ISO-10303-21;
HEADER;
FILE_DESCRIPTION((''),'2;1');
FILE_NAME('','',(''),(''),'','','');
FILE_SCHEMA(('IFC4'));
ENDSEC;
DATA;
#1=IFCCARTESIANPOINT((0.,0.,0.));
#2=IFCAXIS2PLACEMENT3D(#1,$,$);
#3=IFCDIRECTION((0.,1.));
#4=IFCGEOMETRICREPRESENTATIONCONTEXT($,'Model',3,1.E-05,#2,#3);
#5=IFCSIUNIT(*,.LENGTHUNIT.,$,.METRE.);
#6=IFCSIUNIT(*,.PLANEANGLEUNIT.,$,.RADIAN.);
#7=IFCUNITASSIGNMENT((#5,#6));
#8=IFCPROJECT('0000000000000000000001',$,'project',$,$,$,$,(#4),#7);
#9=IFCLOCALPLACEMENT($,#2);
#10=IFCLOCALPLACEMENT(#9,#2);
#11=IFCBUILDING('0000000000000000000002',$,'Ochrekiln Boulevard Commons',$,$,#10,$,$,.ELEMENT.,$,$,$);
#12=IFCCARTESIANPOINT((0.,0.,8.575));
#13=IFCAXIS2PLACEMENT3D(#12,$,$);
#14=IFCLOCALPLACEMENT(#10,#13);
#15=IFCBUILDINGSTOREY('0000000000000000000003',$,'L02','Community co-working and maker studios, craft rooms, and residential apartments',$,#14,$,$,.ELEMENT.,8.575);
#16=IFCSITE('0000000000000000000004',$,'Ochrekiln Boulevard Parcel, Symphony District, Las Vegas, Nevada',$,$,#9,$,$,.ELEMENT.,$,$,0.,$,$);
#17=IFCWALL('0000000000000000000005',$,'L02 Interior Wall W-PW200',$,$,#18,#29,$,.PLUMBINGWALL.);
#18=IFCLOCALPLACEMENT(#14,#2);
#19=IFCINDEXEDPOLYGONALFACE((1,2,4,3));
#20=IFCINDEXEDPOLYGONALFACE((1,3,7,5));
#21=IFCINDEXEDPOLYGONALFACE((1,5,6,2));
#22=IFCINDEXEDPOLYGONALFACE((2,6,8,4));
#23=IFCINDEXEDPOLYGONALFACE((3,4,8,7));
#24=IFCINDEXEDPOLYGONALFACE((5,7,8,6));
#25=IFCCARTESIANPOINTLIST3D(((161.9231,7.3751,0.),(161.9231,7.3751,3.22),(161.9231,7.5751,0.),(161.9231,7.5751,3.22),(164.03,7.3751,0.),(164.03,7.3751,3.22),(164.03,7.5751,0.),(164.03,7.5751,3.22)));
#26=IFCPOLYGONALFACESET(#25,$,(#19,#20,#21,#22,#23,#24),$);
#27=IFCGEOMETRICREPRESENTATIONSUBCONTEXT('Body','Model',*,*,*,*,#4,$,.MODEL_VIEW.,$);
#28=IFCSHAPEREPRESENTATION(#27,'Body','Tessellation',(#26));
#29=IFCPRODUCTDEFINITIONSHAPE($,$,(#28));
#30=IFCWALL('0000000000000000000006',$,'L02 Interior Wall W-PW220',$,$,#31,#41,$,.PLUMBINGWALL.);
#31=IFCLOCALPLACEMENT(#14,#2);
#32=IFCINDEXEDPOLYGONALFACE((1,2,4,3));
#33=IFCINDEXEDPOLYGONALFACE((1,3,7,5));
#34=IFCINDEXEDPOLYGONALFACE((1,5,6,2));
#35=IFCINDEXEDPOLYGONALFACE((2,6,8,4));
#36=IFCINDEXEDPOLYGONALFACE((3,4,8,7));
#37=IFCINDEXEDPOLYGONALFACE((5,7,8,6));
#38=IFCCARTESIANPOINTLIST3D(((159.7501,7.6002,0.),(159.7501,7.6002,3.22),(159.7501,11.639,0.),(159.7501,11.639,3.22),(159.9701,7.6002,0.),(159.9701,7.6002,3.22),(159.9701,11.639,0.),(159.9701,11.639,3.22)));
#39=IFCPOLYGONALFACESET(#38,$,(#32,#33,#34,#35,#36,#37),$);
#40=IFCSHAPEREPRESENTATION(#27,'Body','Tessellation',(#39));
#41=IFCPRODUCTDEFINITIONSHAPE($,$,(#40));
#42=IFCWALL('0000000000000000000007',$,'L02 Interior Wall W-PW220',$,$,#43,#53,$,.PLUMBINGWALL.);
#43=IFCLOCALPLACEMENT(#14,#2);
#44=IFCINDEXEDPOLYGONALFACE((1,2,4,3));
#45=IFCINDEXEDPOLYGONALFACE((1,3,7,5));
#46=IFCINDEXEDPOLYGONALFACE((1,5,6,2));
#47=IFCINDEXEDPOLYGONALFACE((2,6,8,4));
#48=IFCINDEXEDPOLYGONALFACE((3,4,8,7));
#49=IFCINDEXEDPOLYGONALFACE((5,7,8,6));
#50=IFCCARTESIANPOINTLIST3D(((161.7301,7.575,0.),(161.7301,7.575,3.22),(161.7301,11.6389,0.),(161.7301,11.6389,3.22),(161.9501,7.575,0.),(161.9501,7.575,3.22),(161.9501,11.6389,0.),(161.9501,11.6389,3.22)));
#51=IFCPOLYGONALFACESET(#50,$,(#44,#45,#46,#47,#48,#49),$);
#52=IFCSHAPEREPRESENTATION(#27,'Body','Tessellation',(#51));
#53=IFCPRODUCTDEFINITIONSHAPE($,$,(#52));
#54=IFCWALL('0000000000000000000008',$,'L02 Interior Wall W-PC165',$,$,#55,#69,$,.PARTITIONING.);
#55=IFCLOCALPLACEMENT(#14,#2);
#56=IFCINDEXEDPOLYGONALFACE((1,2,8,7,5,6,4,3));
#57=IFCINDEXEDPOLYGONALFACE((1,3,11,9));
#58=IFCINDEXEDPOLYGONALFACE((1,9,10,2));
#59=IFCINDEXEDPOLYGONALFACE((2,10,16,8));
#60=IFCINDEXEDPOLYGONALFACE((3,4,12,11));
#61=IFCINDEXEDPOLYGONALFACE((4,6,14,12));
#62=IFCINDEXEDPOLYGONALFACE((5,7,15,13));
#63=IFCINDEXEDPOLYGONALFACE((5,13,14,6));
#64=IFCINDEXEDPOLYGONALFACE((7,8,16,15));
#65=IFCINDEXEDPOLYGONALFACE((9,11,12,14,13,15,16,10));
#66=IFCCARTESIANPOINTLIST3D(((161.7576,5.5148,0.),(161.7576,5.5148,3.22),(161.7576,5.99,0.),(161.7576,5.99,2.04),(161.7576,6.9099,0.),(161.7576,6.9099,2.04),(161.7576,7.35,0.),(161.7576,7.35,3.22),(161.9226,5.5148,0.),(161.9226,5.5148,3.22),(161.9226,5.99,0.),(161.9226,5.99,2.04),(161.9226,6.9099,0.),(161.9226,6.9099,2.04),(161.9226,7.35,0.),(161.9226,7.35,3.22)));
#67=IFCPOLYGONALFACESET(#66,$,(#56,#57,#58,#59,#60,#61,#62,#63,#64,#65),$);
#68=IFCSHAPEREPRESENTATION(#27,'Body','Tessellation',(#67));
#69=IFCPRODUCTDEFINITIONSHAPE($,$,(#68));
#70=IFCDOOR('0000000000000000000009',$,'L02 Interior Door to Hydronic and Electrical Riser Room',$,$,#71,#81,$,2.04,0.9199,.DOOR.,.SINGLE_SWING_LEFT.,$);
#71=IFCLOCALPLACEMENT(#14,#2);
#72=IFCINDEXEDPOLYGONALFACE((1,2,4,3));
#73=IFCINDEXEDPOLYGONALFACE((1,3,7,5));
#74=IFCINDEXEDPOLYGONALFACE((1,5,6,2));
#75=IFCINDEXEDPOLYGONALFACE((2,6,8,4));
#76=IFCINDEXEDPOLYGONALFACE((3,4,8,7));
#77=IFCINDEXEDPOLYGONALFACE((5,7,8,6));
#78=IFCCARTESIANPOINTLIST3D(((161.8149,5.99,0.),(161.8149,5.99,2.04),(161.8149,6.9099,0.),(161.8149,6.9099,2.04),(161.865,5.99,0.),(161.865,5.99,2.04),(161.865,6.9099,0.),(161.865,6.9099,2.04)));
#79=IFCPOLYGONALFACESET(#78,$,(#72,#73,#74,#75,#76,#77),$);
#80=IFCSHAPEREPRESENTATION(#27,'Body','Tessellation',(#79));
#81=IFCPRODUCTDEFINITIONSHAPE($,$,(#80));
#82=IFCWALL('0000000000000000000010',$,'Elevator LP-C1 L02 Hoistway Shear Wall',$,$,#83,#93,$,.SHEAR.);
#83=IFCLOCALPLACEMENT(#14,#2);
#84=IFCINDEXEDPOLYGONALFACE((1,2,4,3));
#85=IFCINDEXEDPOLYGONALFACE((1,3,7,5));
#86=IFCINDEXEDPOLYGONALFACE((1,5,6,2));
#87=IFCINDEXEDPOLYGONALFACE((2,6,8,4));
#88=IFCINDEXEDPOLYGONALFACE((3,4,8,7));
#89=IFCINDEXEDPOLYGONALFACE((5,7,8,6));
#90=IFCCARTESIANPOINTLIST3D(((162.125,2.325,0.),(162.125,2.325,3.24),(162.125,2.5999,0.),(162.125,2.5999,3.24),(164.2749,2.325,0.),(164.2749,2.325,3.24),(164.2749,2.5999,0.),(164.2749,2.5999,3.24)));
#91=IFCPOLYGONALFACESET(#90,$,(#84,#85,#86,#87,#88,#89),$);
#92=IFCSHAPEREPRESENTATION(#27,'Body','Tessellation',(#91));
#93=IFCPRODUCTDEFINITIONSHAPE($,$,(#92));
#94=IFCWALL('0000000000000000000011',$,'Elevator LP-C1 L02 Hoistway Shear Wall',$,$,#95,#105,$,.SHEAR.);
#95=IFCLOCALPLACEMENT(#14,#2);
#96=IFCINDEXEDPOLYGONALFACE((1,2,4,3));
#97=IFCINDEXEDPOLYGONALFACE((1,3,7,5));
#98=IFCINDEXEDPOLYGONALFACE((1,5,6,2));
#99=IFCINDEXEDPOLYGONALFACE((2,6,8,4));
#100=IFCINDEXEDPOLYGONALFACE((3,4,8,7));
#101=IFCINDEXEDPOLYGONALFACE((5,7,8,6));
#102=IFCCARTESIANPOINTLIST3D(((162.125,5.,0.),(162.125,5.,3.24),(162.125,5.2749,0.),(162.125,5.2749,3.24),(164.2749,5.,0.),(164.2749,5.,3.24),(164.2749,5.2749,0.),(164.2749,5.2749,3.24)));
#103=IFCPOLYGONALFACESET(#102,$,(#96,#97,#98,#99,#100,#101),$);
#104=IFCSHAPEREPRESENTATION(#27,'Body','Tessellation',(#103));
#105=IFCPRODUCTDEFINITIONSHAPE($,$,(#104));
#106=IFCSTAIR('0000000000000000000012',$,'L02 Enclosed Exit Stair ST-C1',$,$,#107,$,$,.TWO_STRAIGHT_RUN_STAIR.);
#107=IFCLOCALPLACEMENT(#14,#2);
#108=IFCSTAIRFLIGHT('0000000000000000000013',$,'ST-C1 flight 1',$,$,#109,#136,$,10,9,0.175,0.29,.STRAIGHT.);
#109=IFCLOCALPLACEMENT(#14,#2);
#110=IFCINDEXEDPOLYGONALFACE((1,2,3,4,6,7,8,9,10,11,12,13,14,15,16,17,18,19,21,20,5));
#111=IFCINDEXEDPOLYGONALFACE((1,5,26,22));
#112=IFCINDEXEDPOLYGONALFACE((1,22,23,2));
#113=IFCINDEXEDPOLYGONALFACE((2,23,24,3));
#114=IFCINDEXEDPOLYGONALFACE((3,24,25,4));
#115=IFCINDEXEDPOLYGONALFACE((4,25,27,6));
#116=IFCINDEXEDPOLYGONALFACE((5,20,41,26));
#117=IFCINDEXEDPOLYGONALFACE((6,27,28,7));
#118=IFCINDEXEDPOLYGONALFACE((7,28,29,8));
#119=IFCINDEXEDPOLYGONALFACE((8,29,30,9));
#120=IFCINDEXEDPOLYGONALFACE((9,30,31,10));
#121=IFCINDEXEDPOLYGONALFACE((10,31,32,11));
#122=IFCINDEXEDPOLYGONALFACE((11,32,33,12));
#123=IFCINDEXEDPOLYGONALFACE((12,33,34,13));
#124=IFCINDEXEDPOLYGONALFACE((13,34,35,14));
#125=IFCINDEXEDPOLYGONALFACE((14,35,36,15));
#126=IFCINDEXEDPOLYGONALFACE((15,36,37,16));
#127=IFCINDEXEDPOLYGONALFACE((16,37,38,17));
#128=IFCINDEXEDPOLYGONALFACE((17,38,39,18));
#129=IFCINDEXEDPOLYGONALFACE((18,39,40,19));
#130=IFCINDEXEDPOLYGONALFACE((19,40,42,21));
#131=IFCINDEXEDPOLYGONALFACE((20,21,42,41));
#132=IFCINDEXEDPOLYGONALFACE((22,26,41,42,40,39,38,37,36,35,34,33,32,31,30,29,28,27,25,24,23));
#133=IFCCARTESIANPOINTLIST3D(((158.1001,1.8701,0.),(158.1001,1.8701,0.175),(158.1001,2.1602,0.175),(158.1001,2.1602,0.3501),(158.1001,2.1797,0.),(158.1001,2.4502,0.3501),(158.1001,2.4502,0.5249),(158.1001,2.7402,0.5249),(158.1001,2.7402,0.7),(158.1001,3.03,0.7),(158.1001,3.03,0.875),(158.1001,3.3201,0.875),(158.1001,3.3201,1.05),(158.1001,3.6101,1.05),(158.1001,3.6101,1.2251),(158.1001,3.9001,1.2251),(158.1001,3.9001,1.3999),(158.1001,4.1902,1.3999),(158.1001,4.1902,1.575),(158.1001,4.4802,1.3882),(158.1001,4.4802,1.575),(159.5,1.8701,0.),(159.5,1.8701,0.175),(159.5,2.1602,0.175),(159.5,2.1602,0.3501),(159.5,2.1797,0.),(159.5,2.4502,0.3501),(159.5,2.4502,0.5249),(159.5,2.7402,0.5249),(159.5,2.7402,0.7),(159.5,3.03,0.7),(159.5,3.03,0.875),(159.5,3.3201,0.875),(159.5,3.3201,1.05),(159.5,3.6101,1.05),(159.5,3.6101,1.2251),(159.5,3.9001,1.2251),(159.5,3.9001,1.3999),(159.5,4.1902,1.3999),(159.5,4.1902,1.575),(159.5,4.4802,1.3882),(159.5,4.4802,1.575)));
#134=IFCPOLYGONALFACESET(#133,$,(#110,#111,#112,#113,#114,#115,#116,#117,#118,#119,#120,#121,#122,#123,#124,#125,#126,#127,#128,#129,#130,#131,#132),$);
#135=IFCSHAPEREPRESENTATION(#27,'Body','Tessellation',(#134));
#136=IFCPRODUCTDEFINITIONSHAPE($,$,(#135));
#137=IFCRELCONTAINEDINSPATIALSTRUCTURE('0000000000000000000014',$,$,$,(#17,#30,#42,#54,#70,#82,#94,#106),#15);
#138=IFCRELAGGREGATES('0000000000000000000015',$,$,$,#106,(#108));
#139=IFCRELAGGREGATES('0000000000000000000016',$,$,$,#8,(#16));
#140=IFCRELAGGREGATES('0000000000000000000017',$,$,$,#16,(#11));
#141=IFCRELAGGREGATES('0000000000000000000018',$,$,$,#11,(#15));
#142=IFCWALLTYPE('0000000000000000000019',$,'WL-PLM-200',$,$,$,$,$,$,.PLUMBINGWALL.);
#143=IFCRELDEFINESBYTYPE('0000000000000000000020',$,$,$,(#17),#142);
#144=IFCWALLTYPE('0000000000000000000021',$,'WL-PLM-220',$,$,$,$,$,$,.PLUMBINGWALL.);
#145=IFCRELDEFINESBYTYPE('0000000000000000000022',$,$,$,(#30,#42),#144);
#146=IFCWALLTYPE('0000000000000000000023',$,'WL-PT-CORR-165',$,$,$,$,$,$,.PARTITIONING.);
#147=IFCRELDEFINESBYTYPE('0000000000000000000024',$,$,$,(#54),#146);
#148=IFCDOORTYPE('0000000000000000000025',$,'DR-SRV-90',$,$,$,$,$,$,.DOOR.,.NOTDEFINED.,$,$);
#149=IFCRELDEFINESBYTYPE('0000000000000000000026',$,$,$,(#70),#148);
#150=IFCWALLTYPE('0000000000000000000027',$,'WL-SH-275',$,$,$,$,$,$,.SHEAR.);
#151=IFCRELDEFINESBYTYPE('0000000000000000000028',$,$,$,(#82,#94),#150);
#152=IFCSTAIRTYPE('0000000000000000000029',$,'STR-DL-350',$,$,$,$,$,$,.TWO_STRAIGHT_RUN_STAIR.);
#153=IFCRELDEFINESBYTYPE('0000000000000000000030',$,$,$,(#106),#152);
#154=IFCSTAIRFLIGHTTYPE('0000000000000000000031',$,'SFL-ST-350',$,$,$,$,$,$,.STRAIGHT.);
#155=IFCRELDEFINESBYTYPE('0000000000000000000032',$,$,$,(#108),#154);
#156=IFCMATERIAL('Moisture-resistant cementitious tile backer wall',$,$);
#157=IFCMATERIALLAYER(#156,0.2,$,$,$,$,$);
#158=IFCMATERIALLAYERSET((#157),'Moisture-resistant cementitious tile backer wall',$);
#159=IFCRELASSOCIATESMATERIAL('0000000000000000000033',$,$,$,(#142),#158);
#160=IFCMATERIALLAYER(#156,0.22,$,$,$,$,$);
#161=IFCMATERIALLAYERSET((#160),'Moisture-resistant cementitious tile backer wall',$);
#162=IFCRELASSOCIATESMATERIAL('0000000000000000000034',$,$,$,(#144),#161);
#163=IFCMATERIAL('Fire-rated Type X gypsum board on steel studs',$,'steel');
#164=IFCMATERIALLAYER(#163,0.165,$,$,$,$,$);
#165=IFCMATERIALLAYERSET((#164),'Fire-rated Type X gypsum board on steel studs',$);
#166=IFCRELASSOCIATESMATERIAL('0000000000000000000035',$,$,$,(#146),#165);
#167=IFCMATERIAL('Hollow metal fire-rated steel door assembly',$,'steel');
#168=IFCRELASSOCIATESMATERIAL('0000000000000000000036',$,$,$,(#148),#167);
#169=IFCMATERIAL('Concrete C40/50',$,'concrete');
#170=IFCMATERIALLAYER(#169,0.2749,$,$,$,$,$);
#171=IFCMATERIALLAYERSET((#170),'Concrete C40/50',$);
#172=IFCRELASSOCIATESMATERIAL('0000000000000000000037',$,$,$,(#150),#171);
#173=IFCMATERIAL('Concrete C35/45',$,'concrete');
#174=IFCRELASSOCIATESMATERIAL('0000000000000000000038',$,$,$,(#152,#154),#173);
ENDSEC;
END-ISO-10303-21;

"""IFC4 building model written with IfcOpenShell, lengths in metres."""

from ifc_helpers import new_model, si_unit, direction, frame, frame_2d, origin, place, context, subcontext, project, spatial, polyline, rectangle, outline, extrude, material, layer, layer_set, type_object, element, fill, aggregate, save


model = new_model("IFC4")

# Units and contexts
model_context = context("Model", 3, precision=1e-05, world=origin(), true_north=direction((0.0, 1.0)))
body_context = subcontext(model_context, "Body", "Model", "MODEL_VIEW")
ifc_project = project(units=[si_unit("LENGTHUNIT", "METRE"), si_unit("PLANEANGLEUNIT", "RADIAN")], contexts=[model_context])

# Site, building, storey
site_placement = place(None, origin())
site = spatial("IfcSite", under=ifc_project, at=site_placement, Name="Ochrekiln Boulevard Parcel, Symphony District, Las Vegas, Nevada", CompositionType="ELEMENT", RefElevation=0.0)
building_placement = place(site_placement, origin())
building = spatial("IfcBuilding", under=site, at=building_placement, Name="Ochrekiln Boulevard Commons", CompositionType="ELEMENT")
storey_placement = place(building_placement, frame((0.0, 0.0, 8.575)))
storey = spatial("IfcBuildingStorey", under=building, at=storey_placement, Name="L02", Description="Community co-working and maker studios, craft rooms, and residential apartments", CompositionType="ELEMENT", Elevation=8.575)

# Walls
ifc_material_1 = material(Name="Moisture-resistant cementitious tile backer wall")
ifc_layer_1 = layer(ifc_material_1, 0.2)
ifc_layer_set_1 = layer_set([ifc_layer_1], Name="Moisture-resistant cementitious tile backer wall")
wall_type_1 = type_object("IfcWallType", Name="WL-PLM-200", PredefinedType="PLUMBINGWALL", material=ifc_layer_set_1)
wall_1_placement = place(storey_placement, frame((161.9231, 7.4751, 0.0), z_axis=(0.0, 0.0, 1.0), x_axis=(1.0, 0.0, 0.0)))
element("IfcWall", 1, at=wall_1_placement, inside=storey, type_object=wall_type_1, Name="L02 Interior Wall W-PW200", PredefinedType="PLUMBINGWALL", context=body_context, shape_type="SweptSolid", body=[
    extrude(rectangle(XDim=2.1069, YDim=0.2, at=frame_2d((1.0535, 0.0))), origin(), (0.0, 0.0, 1.0), 3.22),
])
ifc_layer_2 = layer(ifc_material_1, 0.22)
ifc_layer_set_2 = layer_set([ifc_layer_2], Name="Moisture-resistant cementitious tile backer wall")
wall_type_2 = type_object("IfcWallType", Name="WL-PLM-220", PredefinedType="PLUMBINGWALL", material=ifc_layer_set_2)
wall_2_placement = place(storey_placement, frame((159.8601, 7.6001, 0.0), z_axis=(0.0, 0.0, 1.0), x_axis=(0.0, 1.0, 0.0)))
element("IfcWall", 2, at=wall_2_placement, inside=storey, type_object=wall_type_2, Name="L02 Interior Wall W-PW220", PredefinedType="PLUMBINGWALL", context=body_context, shape_type="SweptSolid", body=[
    extrude(rectangle(XDim=4.0388, YDim=0.22, at=frame_2d((2.0195, 0.0))), origin(), (0.0, 0.0, 1.0), 3.22),
])
wall_3_placement = place(storey_placement, frame((161.8401, 7.575, 0.0), z_axis=(0.0, 0.0, 1.0), x_axis=(0.0, 1.0, 0.0)))
element("IfcWall", 3, at=wall_3_placement, inside=storey, type_object=wall_type_2, Name="L02 Interior Wall W-PW220", PredefinedType="PLUMBINGWALL", context=body_context, shape_type="SweptSolid", body=[
    extrude(rectangle(XDim=4.064, YDim=0.22, at=frame_2d((2.032, 0.0))), origin(), (0.0, 0.0, 1.0), 3.22),
])

# Wall, opening, door
ifc_material_2 = material(Name="Fire-rated Type X gypsum board on steel studs", Category="steel")
ifc_layer_3 = layer(ifc_material_2, 0.165)
ifc_layer_set_3 = layer_set([ifc_layer_3], Name="Fire-rated Type X gypsum board on steel studs")
wall_type_3 = type_object("IfcWallType", Name="WL-PT-CORR-165", PredefinedType="PARTITIONING", material=ifc_layer_set_3)
wall_4_placement = place(storey_placement, frame((161.8401, 5.5149, 0.0), z_axis=(0.0, 0.0, 1.0), x_axis=(0.0, 1.0, 0.0)))
wall_4 = element("IfcWall", 4, at=wall_4_placement, inside=storey, type_object=wall_type_3, Name="L02 Interior Wall W-PC165", PredefinedType="PARTITIONING", context=body_context, shape_type="SweptSolid", body=[
    extrude(rectangle(XDim=1.8352, YDim=0.165, at=frame_2d((0.9175, 0.0))), origin(), (0.0, 0.0, 1.0), 3.22),
])
opening_1_placement = place(wall_4_placement, frame((0.4751, 0.0, 0.0)))
opening_1 = element("IfcOpeningElement", 5, at=opening_1_placement, cuts=wall_4, PredefinedType="OPENING", context=body_context, shape_type="SweptSolid", body=[
    extrude(rectangle(XDim=0.9199, YDim=2.04, at=frame_2d((0.46, 1.02))), frame((0.0, 0.0925, 0.0), z_axis=(0.0, -1.0, 0.0), x_axis=(1.0, 0.0, 0.0)), (0.0, 0.0, 1.0), 0.1851),
])
ifc_material_3 = material(Name="Hollow metal fire-rated steel door assembly", Category="steel")
door_type_1 = type_object("IfcDoorType", Name="DR-SRV-90", OperationType="NOTDEFINED", PredefinedType="DOOR", material=ifc_material_3)
door_1_placement = place(opening_1_placement, frame((0.9199, 0.0, 0.0), z_axis=(0.0, 0.0, 1.0), x_axis=(-1.0, 0.0, 0.0)))
door_1 = element("IfcDoor", 6, at=door_1_placement, inside=storey, type_object=door_type_1, Name="L02 Interior Door to Hydronic and Electrical Riser Room", OperationType="SINGLE_SWING_LEFT", OverallHeight=2.04, OverallWidth=0.9199, PredefinedType="DOOR", context=body_context, shape_type="SweptSolid", body=[
    extrude(rectangle(XDim=0.9199, YDim=2.04, at=frame_2d((0.46, 1.02))), frame((0.0, 0.0249, 0.0), z_axis=(0.0, -1.0, 0.0), x_axis=(1.0, 0.0, 0.0)), (0.0, 0.0, 1.0), 0.05),
])
fill(opening_1, door_1)

# Walls
ifc_material_4 = material(Name="Concrete C40/50", Category="concrete")
ifc_layer_4 = layer(ifc_material_4, 0.2749)
ifc_layer_set_4 = layer_set([ifc_layer_4], Name="Concrete C40/50")
wall_type_4 = type_object("IfcWallType", Name="WL-SH-275", PredefinedType="SHEAR", material=ifc_layer_set_4)
for number, where, z_axis, x_axis, name in (
    (7, (162.125, 2.4624, 0.0), (0.0, 0.0, 1.0), (1.0, 0.0, 0.0), "Elevator LP-C1 L02 Hoistway Shear Wall"),
    (8, (162.125, 5.1375, 0.0), (0.0, 0.0, 1.0), (1.0, 0.0, 0.0), "Elevator LP-C1 L02 Hoistway Shear Wall"),
):
    element("IfcWall", number, at=place(storey_placement, frame(where, z_axis=z_axis, x_axis=x_axis)), inside=storey, type_object=wall_type_4, Name=name, PredefinedType="SHEAR", context=body_context, shape_type="SweptSolid", body=[
        extrude(rectangle(XDim=2.1499, YDim=0.2749, at=frame_2d((1.075, 0.0))), origin(), (0.0, 0.0, 1.0), 3.24),
    ])

# Stair, stair flight
ifc_material_5 = material(Name="Concrete C35/45", Category="concrete")
stair_type = type_object("IfcStairType", Name="STR-DL-350", PredefinedType="TWO_STRAIGHT_RUN_STAIR", material=ifc_material_5)
stair_placement = place(storey_placement, origin())
stair = element("IfcStair", 9, at=stair_placement, inside=storey, type_object=stair_type, Name="L02 Enclosed Exit Stair ST-C1", PredefinedType="TWO_STRAIGHT_RUN_STAIR")
stair_flight_type = type_object("IfcStairFlightType", Name="SFL-ST-350", PredefinedType="STRAIGHT", material=ifc_material_5)
stair_flight_placement = place(storey_placement, frame((158.8, 1.8701, 0.0), z_axis=(0.0, 0.0, 1.0), x_axis=(0.0, 1.0, 0.0)))
stair_flight = element("IfcStairFlight", 10, at=stair_flight_placement, type_object=stair_flight_type, Name="ST-C1 flight 1", NumberOfRisers=10, NumberOfTreads=9, PredefinedType="STRAIGHT", RiserHeight=0.175, TreadLength=0.29, context=body_context, shape_type="SweptSolid", body=[
    extrude(outline(polyline([(0.0, 0.0), (0.0, 0.175), (0.29, 0.175), (0.29, 0.3501), (0.5801, 0.3501), (0.5801, 0.5249), (0.8701, 0.5249), (0.8701, 0.7), (1.1599, 0.7), (1.1599, 0.875), (1.45, 0.875), (1.45, 1.05), (1.74, 1.05), (1.74, 1.2251), (2.03, 1.2251), (2.03, 1.3999), (2.3201, 1.3999), (2.3201, 1.575), (2.6101, 1.575), (2.6101, 1.75), (2.6101, 1.3882), (0.3096, 0.0), (0.0, 0.0)])), frame((0.0, 0.7, 0.0), z_axis=(0.0, -1.0, 0.0), x_axis=(1.0, 0.0, 0.0)), (0.0, 0.0, 1.0), 1.3999),
])
aggregate(stair, [stair_flight])

save(model, "model.ifc")
